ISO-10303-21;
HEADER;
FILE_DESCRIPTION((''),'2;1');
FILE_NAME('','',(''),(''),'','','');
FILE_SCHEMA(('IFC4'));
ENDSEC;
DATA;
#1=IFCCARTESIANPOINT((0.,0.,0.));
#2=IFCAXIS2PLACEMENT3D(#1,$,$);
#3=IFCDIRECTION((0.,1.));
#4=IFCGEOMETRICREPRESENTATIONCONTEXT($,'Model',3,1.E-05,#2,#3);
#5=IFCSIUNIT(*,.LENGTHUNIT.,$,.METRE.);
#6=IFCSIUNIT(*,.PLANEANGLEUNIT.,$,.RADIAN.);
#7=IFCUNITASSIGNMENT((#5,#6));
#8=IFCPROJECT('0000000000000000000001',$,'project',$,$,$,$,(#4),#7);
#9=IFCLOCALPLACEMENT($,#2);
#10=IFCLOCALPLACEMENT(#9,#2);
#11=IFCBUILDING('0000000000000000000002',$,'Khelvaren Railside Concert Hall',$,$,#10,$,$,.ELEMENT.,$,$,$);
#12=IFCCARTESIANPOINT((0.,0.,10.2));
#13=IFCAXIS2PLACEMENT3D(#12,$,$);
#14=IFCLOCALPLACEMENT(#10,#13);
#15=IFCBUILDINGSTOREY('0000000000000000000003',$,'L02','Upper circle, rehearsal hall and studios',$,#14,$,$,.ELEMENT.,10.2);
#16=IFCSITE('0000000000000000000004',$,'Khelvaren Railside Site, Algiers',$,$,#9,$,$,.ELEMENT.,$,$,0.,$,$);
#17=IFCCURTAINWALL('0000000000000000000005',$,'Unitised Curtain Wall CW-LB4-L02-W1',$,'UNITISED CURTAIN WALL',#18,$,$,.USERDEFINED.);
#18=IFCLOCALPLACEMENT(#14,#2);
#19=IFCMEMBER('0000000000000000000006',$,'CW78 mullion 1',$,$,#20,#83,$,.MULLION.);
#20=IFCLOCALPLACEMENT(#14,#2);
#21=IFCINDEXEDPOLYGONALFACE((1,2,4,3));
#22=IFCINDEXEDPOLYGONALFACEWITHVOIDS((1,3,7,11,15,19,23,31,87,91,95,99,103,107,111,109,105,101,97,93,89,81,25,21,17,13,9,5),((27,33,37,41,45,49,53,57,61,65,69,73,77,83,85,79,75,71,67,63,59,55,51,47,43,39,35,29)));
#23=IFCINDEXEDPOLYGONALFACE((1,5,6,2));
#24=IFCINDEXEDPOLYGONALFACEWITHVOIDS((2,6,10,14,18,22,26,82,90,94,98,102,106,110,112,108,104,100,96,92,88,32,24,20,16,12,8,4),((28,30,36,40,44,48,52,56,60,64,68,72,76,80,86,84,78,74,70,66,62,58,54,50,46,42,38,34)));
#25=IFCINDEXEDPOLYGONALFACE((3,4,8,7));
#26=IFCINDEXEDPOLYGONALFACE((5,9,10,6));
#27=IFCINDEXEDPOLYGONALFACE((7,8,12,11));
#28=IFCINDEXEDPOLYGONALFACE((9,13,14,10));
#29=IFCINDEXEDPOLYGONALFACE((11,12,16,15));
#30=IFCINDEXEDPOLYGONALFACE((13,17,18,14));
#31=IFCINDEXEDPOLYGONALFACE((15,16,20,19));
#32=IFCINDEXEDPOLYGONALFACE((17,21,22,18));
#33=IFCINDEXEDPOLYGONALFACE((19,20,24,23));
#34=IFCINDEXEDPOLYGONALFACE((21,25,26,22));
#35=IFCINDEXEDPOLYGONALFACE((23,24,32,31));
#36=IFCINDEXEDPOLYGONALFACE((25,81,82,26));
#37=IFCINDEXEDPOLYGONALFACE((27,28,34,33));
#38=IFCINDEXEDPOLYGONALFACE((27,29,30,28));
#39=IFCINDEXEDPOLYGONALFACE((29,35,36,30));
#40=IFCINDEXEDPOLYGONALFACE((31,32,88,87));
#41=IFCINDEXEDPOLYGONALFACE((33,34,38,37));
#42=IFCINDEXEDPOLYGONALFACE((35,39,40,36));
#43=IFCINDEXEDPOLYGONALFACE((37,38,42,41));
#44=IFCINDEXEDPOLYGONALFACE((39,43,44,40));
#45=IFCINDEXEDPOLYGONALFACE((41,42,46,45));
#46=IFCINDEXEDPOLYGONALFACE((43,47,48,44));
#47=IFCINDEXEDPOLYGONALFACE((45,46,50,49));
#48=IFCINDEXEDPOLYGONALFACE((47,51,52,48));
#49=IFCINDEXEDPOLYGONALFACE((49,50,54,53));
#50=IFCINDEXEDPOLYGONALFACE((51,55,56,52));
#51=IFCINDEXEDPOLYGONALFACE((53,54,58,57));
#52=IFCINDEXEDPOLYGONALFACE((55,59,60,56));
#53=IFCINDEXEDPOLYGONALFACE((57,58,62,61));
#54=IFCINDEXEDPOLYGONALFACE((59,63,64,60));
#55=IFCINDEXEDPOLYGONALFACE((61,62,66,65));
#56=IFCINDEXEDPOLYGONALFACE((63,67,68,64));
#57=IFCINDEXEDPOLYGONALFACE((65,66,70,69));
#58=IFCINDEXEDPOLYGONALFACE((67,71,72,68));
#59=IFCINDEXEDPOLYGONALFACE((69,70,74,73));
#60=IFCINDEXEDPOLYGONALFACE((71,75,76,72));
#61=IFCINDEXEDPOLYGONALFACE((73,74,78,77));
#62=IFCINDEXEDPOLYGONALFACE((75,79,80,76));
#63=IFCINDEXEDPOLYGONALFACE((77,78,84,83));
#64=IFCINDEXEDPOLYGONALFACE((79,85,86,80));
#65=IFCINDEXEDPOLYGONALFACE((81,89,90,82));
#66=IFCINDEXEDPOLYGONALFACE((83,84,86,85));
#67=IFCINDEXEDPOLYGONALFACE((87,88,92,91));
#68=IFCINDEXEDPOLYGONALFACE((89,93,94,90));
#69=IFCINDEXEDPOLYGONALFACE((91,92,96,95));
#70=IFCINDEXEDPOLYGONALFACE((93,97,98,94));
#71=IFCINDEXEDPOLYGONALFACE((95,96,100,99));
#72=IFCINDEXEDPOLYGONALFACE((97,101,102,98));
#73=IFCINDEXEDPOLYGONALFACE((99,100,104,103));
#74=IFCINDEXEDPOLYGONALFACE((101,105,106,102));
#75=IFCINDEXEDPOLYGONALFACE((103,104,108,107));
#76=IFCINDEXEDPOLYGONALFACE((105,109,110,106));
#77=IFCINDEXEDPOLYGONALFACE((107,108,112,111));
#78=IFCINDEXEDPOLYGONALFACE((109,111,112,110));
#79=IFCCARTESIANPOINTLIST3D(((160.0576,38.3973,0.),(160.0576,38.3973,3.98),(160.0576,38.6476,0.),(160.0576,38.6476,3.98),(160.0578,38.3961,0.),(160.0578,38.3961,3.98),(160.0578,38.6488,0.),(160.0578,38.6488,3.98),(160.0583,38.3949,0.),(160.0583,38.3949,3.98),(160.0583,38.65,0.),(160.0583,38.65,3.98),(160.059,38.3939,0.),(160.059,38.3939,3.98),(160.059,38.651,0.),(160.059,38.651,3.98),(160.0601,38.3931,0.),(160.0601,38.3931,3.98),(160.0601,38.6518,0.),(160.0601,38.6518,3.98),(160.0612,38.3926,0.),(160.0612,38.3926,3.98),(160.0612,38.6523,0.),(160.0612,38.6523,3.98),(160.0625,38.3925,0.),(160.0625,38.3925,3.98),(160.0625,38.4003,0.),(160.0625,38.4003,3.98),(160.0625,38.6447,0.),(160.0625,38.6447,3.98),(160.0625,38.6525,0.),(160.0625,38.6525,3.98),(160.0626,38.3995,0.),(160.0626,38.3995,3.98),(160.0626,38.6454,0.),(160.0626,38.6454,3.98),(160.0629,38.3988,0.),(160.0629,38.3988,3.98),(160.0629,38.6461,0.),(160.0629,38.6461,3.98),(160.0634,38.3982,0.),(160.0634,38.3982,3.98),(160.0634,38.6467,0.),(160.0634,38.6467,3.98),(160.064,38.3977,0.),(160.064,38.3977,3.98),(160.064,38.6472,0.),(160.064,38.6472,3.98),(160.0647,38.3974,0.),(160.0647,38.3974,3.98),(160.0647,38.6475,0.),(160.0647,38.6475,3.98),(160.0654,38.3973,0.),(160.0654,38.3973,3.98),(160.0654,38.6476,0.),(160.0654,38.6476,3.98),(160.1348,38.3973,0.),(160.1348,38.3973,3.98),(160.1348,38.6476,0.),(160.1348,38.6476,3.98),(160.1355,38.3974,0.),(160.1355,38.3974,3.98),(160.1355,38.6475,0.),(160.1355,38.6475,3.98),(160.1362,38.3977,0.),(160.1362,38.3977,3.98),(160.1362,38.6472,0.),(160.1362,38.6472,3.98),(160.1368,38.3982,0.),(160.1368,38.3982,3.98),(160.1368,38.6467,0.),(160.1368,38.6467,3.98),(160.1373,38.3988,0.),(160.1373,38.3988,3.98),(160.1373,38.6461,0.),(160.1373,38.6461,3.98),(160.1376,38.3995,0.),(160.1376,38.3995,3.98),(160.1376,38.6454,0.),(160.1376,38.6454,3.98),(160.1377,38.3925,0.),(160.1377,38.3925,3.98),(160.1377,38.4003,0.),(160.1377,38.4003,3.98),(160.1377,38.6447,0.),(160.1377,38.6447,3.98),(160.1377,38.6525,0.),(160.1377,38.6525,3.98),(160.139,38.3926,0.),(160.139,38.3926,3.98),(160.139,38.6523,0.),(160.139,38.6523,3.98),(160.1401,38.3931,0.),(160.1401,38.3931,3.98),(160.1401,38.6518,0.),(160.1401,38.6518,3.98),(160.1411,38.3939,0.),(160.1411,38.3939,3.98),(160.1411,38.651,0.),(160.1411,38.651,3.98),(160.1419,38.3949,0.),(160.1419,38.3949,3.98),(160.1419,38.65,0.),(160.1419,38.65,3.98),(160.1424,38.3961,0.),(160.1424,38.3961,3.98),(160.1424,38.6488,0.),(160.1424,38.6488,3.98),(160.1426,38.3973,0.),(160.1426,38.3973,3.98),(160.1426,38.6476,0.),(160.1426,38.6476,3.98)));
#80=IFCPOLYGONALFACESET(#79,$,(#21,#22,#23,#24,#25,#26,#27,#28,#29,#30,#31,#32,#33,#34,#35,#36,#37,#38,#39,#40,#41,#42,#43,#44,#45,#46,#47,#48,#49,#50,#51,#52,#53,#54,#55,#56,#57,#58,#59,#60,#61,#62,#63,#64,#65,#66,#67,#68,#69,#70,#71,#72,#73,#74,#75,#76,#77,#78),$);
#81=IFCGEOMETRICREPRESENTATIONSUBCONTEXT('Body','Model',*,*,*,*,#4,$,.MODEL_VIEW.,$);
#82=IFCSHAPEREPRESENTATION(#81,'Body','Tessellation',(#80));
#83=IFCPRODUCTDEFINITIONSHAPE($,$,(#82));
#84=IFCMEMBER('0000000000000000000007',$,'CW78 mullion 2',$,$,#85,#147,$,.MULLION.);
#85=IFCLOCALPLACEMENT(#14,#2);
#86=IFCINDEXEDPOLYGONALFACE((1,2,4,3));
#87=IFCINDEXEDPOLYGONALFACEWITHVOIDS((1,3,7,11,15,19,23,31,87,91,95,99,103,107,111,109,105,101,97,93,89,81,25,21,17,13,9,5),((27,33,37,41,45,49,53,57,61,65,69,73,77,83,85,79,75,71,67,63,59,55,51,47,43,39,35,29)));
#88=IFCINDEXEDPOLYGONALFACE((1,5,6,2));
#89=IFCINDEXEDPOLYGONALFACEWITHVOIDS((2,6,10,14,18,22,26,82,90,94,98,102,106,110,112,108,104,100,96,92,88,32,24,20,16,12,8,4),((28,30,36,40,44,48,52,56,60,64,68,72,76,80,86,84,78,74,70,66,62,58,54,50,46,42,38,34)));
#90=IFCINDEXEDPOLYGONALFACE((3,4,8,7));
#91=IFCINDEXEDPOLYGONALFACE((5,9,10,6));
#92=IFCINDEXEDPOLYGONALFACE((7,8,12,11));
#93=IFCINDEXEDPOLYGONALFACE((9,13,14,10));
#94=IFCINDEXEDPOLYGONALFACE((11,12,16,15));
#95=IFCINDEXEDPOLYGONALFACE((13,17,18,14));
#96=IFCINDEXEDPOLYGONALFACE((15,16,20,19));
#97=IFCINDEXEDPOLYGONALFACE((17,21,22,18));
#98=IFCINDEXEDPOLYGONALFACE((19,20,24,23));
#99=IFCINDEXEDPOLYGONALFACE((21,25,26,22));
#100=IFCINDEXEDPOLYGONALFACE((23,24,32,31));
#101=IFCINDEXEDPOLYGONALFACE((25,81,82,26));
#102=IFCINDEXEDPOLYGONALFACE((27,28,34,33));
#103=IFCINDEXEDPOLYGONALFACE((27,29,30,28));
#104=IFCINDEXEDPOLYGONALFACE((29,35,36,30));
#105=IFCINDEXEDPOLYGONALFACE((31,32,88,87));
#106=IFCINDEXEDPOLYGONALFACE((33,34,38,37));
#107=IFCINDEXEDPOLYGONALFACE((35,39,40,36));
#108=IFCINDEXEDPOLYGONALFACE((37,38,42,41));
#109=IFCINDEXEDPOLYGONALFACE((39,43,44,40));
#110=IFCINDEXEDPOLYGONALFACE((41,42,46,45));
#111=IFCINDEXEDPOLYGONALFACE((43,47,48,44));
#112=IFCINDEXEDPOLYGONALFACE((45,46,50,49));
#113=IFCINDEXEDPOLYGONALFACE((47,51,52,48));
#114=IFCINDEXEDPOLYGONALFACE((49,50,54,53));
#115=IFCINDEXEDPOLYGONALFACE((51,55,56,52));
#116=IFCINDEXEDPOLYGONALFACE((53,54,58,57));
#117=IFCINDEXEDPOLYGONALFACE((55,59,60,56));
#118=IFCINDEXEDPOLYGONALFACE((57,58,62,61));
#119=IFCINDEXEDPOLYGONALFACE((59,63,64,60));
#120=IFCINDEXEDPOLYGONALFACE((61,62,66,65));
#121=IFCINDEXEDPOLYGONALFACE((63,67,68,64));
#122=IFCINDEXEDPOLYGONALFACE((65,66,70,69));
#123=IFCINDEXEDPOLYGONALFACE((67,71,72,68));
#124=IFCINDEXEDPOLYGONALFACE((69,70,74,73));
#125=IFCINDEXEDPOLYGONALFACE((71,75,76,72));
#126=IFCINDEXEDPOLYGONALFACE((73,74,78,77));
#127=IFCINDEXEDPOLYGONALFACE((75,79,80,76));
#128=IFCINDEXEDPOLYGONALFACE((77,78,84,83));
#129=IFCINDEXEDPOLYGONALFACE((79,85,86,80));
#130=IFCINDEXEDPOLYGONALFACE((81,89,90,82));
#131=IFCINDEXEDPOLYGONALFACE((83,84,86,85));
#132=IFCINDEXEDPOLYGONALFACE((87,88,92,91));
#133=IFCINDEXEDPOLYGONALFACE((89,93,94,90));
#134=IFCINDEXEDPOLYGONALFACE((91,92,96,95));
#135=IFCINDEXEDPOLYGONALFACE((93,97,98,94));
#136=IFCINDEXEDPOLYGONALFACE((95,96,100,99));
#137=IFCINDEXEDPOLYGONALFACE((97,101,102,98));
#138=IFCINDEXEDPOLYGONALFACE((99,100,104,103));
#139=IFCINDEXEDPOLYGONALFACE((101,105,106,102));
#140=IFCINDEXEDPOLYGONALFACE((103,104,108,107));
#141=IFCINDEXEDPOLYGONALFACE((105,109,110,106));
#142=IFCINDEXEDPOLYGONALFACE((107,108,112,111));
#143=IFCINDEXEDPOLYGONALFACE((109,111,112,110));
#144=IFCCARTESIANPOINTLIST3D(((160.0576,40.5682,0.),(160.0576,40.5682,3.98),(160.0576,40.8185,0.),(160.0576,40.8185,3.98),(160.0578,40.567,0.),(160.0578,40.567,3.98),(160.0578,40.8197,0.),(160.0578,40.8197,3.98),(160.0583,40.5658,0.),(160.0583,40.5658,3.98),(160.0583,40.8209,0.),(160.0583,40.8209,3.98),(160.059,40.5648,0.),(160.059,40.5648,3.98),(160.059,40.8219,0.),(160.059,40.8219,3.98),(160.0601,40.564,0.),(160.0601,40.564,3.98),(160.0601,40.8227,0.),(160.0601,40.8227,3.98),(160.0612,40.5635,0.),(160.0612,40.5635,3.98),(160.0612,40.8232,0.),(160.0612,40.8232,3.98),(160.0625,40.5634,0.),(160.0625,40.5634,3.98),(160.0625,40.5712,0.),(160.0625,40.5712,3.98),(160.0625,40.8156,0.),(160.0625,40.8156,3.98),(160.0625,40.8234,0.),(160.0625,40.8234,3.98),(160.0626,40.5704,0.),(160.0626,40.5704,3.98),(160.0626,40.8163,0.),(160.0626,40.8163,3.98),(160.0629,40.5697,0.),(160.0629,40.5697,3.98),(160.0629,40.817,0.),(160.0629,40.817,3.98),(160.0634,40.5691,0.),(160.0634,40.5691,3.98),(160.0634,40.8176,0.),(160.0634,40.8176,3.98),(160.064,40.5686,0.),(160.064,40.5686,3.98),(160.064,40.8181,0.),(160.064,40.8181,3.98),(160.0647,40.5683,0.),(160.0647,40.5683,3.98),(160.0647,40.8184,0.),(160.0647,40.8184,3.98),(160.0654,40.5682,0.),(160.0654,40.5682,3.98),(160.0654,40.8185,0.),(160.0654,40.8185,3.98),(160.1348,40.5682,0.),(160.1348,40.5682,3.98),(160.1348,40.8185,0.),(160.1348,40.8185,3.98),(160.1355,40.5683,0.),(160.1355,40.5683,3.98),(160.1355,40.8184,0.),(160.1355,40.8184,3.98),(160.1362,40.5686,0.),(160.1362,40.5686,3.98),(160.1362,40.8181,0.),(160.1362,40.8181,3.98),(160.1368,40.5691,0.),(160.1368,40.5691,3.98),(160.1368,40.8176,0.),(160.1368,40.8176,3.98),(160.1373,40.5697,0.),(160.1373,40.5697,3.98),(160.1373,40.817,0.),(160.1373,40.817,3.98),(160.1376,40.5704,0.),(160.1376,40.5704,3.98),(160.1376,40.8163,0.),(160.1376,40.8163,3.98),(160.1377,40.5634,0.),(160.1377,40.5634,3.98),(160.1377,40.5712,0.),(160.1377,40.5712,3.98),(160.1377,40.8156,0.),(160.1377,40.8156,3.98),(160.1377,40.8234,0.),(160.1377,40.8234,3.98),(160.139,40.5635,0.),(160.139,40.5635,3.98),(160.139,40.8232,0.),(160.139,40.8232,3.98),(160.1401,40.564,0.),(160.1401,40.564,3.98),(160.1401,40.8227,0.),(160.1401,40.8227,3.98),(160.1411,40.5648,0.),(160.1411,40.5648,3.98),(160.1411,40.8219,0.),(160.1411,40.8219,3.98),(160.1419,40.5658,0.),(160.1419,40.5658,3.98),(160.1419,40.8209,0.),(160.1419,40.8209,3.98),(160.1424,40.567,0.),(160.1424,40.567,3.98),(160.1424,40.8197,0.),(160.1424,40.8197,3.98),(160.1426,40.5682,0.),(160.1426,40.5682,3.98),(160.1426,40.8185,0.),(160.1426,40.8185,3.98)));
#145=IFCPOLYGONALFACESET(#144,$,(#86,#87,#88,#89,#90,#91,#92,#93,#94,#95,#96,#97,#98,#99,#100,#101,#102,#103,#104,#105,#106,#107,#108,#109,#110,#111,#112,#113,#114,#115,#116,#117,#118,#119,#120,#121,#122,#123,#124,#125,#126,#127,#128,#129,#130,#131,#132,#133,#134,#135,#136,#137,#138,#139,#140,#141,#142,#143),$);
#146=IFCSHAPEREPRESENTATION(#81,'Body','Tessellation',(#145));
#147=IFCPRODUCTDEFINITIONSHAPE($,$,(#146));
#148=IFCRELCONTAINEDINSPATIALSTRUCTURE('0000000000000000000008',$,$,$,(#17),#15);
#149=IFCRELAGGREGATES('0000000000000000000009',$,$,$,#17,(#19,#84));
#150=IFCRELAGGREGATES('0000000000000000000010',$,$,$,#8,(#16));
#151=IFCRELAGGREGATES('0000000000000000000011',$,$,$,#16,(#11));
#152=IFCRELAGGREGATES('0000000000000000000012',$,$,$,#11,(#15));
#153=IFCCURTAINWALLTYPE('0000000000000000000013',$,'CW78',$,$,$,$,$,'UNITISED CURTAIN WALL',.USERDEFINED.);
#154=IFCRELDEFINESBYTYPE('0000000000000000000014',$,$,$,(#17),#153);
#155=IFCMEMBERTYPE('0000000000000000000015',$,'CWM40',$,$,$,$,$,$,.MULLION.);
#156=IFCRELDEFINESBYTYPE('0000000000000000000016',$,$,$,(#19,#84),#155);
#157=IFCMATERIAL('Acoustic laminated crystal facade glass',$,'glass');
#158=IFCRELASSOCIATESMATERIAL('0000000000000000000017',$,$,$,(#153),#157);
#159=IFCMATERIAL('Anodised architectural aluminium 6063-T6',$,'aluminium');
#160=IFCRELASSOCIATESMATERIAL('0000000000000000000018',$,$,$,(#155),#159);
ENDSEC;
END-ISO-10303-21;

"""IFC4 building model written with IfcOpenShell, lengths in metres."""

from ifc_helpers import new_model, si_unit, direction, frame, origin, origin_2d, place, context, subcontext, project, spatial, hollow_rectangle, extrude, material, material_profile, profile_set, type_object, element, aggregate, save


model = new_model("IFC4")

# Units and contexts
model_context = context("Model", 3, precision=1e-05, world=origin(), true_north=direction((0.0, 1.0)))
body_context = subcontext(model_context, "Body", "Model", "MODEL_VIEW")
ifc_project = project(units=[si_unit("LENGTHUNIT", "METRE"), si_unit("PLANEANGLEUNIT", "RADIAN")], contexts=[model_context])

# Site, building, storey
site_placement = place(None, origin())
site = spatial("IfcSite", under=ifc_project, at=site_placement, Name="Khelvaren Railside Site, Algiers", CompositionType="ELEMENT", RefElevation=0.0)
building_placement = place(site_placement, origin())
building = spatial("IfcBuilding", under=site, at=building_placement, Name="Khelvaren Railside Concert Hall", CompositionType="ELEMENT")
storey_placement = place(building_placement, frame((0.0, 0.0, 10.2)))
storey = spatial("IfcBuildingStorey", under=building, at=storey_placement, Name="L02", Description="Upper circle, rehearsal hall and studios", CompositionType="ELEMENT", Elevation=10.2)

# Curtain wall, members
ifc_material_1 = material(Name="Acoustic laminated crystal facade glass", Category="glass")
curtain_wall_type = type_object("IfcCurtainWallType", Name="CW78", ElementType="UNITISED CURTAIN WALL", PredefinedType="USERDEFINED", material=ifc_material_1)
curtain_wall_placement = place(storey_placement, origin())
curtain_wall = element("IfcCurtainWall", 1, at=curtain_wall_placement, inside=storey, type_object=curtain_wall_type, Name="Unitised Curtain Wall CW-LB4-L02-W1", ObjectType="UNITISED CURTAIN WALL", PredefinedType="USERDEFINED")
ifc_material_2 = material(Name="Anodised architectural aluminium 6063-T6", Category="aluminium")
ifc_material_profile_1 = material_profile(ifc_material_2, hollow_rectangle(XDim=0.085, YDim=0.26, WallThickness=0.0049, InnerFilletRadius=0.0029, OuterFilletRadius=0.0049, at=origin_2d()), Name="CWM 85x260x5")
ifc_profile_set_1 = profile_set([ifc_material_profile_1], Name="Anodised architectural aluminium 6063-T6")
member_type_1 = type_object("IfcMemberType", Name="CWM40", PredefinedType="MULLION", material=ifc_profile_set_1)
member_1_placement = place(storey_placement, frame((160.1001, 38.5225, 0.0), z_axis=(0.0, 0.0, 1.0), x_axis=(-1.0, 0.0, 0.0)))
member_1 = element("IfcMember", 2, at=member_1_placement, type_object=member_type_1, Name="CW78 mullion 1", PredefinedType="MULLION", context=body_context, shape_type="SweptSolid", body=[
    extrude(hollow_rectangle(XDim=0.085, YDim=0.26, WallThickness=0.0049, InnerFilletRadius=0.0029, OuterFilletRadius=0.0049, at=origin_2d()), origin(), (0.0, 0.0, 1.0), 3.98),
])
member_2_placement = place(storey_placement, frame((160.1001, 40.6934, 0.0), z_axis=(0.0, 0.0, 1.0), x_axis=(-1.0, 0.0, 0.0)))
member_2 = element("IfcMember", 3, at=member_2_placement, type_object=member_type_1, Name="CW78 mullion 2", PredefinedType="MULLION", context=body_context, shape_type="SweptSolid", body=[
    extrude(hollow_rectangle(XDim=0.085, YDim=0.26, WallThickness=0.0049, InnerFilletRadius=0.0029, OuterFilletRadius=0.0049, at=origin_2d()), origin(), (0.0, 0.0, 1.0), 3.98),
])
aggregate(curtain_wall, [member_1, member_2])

save(model, "model.ifc")
